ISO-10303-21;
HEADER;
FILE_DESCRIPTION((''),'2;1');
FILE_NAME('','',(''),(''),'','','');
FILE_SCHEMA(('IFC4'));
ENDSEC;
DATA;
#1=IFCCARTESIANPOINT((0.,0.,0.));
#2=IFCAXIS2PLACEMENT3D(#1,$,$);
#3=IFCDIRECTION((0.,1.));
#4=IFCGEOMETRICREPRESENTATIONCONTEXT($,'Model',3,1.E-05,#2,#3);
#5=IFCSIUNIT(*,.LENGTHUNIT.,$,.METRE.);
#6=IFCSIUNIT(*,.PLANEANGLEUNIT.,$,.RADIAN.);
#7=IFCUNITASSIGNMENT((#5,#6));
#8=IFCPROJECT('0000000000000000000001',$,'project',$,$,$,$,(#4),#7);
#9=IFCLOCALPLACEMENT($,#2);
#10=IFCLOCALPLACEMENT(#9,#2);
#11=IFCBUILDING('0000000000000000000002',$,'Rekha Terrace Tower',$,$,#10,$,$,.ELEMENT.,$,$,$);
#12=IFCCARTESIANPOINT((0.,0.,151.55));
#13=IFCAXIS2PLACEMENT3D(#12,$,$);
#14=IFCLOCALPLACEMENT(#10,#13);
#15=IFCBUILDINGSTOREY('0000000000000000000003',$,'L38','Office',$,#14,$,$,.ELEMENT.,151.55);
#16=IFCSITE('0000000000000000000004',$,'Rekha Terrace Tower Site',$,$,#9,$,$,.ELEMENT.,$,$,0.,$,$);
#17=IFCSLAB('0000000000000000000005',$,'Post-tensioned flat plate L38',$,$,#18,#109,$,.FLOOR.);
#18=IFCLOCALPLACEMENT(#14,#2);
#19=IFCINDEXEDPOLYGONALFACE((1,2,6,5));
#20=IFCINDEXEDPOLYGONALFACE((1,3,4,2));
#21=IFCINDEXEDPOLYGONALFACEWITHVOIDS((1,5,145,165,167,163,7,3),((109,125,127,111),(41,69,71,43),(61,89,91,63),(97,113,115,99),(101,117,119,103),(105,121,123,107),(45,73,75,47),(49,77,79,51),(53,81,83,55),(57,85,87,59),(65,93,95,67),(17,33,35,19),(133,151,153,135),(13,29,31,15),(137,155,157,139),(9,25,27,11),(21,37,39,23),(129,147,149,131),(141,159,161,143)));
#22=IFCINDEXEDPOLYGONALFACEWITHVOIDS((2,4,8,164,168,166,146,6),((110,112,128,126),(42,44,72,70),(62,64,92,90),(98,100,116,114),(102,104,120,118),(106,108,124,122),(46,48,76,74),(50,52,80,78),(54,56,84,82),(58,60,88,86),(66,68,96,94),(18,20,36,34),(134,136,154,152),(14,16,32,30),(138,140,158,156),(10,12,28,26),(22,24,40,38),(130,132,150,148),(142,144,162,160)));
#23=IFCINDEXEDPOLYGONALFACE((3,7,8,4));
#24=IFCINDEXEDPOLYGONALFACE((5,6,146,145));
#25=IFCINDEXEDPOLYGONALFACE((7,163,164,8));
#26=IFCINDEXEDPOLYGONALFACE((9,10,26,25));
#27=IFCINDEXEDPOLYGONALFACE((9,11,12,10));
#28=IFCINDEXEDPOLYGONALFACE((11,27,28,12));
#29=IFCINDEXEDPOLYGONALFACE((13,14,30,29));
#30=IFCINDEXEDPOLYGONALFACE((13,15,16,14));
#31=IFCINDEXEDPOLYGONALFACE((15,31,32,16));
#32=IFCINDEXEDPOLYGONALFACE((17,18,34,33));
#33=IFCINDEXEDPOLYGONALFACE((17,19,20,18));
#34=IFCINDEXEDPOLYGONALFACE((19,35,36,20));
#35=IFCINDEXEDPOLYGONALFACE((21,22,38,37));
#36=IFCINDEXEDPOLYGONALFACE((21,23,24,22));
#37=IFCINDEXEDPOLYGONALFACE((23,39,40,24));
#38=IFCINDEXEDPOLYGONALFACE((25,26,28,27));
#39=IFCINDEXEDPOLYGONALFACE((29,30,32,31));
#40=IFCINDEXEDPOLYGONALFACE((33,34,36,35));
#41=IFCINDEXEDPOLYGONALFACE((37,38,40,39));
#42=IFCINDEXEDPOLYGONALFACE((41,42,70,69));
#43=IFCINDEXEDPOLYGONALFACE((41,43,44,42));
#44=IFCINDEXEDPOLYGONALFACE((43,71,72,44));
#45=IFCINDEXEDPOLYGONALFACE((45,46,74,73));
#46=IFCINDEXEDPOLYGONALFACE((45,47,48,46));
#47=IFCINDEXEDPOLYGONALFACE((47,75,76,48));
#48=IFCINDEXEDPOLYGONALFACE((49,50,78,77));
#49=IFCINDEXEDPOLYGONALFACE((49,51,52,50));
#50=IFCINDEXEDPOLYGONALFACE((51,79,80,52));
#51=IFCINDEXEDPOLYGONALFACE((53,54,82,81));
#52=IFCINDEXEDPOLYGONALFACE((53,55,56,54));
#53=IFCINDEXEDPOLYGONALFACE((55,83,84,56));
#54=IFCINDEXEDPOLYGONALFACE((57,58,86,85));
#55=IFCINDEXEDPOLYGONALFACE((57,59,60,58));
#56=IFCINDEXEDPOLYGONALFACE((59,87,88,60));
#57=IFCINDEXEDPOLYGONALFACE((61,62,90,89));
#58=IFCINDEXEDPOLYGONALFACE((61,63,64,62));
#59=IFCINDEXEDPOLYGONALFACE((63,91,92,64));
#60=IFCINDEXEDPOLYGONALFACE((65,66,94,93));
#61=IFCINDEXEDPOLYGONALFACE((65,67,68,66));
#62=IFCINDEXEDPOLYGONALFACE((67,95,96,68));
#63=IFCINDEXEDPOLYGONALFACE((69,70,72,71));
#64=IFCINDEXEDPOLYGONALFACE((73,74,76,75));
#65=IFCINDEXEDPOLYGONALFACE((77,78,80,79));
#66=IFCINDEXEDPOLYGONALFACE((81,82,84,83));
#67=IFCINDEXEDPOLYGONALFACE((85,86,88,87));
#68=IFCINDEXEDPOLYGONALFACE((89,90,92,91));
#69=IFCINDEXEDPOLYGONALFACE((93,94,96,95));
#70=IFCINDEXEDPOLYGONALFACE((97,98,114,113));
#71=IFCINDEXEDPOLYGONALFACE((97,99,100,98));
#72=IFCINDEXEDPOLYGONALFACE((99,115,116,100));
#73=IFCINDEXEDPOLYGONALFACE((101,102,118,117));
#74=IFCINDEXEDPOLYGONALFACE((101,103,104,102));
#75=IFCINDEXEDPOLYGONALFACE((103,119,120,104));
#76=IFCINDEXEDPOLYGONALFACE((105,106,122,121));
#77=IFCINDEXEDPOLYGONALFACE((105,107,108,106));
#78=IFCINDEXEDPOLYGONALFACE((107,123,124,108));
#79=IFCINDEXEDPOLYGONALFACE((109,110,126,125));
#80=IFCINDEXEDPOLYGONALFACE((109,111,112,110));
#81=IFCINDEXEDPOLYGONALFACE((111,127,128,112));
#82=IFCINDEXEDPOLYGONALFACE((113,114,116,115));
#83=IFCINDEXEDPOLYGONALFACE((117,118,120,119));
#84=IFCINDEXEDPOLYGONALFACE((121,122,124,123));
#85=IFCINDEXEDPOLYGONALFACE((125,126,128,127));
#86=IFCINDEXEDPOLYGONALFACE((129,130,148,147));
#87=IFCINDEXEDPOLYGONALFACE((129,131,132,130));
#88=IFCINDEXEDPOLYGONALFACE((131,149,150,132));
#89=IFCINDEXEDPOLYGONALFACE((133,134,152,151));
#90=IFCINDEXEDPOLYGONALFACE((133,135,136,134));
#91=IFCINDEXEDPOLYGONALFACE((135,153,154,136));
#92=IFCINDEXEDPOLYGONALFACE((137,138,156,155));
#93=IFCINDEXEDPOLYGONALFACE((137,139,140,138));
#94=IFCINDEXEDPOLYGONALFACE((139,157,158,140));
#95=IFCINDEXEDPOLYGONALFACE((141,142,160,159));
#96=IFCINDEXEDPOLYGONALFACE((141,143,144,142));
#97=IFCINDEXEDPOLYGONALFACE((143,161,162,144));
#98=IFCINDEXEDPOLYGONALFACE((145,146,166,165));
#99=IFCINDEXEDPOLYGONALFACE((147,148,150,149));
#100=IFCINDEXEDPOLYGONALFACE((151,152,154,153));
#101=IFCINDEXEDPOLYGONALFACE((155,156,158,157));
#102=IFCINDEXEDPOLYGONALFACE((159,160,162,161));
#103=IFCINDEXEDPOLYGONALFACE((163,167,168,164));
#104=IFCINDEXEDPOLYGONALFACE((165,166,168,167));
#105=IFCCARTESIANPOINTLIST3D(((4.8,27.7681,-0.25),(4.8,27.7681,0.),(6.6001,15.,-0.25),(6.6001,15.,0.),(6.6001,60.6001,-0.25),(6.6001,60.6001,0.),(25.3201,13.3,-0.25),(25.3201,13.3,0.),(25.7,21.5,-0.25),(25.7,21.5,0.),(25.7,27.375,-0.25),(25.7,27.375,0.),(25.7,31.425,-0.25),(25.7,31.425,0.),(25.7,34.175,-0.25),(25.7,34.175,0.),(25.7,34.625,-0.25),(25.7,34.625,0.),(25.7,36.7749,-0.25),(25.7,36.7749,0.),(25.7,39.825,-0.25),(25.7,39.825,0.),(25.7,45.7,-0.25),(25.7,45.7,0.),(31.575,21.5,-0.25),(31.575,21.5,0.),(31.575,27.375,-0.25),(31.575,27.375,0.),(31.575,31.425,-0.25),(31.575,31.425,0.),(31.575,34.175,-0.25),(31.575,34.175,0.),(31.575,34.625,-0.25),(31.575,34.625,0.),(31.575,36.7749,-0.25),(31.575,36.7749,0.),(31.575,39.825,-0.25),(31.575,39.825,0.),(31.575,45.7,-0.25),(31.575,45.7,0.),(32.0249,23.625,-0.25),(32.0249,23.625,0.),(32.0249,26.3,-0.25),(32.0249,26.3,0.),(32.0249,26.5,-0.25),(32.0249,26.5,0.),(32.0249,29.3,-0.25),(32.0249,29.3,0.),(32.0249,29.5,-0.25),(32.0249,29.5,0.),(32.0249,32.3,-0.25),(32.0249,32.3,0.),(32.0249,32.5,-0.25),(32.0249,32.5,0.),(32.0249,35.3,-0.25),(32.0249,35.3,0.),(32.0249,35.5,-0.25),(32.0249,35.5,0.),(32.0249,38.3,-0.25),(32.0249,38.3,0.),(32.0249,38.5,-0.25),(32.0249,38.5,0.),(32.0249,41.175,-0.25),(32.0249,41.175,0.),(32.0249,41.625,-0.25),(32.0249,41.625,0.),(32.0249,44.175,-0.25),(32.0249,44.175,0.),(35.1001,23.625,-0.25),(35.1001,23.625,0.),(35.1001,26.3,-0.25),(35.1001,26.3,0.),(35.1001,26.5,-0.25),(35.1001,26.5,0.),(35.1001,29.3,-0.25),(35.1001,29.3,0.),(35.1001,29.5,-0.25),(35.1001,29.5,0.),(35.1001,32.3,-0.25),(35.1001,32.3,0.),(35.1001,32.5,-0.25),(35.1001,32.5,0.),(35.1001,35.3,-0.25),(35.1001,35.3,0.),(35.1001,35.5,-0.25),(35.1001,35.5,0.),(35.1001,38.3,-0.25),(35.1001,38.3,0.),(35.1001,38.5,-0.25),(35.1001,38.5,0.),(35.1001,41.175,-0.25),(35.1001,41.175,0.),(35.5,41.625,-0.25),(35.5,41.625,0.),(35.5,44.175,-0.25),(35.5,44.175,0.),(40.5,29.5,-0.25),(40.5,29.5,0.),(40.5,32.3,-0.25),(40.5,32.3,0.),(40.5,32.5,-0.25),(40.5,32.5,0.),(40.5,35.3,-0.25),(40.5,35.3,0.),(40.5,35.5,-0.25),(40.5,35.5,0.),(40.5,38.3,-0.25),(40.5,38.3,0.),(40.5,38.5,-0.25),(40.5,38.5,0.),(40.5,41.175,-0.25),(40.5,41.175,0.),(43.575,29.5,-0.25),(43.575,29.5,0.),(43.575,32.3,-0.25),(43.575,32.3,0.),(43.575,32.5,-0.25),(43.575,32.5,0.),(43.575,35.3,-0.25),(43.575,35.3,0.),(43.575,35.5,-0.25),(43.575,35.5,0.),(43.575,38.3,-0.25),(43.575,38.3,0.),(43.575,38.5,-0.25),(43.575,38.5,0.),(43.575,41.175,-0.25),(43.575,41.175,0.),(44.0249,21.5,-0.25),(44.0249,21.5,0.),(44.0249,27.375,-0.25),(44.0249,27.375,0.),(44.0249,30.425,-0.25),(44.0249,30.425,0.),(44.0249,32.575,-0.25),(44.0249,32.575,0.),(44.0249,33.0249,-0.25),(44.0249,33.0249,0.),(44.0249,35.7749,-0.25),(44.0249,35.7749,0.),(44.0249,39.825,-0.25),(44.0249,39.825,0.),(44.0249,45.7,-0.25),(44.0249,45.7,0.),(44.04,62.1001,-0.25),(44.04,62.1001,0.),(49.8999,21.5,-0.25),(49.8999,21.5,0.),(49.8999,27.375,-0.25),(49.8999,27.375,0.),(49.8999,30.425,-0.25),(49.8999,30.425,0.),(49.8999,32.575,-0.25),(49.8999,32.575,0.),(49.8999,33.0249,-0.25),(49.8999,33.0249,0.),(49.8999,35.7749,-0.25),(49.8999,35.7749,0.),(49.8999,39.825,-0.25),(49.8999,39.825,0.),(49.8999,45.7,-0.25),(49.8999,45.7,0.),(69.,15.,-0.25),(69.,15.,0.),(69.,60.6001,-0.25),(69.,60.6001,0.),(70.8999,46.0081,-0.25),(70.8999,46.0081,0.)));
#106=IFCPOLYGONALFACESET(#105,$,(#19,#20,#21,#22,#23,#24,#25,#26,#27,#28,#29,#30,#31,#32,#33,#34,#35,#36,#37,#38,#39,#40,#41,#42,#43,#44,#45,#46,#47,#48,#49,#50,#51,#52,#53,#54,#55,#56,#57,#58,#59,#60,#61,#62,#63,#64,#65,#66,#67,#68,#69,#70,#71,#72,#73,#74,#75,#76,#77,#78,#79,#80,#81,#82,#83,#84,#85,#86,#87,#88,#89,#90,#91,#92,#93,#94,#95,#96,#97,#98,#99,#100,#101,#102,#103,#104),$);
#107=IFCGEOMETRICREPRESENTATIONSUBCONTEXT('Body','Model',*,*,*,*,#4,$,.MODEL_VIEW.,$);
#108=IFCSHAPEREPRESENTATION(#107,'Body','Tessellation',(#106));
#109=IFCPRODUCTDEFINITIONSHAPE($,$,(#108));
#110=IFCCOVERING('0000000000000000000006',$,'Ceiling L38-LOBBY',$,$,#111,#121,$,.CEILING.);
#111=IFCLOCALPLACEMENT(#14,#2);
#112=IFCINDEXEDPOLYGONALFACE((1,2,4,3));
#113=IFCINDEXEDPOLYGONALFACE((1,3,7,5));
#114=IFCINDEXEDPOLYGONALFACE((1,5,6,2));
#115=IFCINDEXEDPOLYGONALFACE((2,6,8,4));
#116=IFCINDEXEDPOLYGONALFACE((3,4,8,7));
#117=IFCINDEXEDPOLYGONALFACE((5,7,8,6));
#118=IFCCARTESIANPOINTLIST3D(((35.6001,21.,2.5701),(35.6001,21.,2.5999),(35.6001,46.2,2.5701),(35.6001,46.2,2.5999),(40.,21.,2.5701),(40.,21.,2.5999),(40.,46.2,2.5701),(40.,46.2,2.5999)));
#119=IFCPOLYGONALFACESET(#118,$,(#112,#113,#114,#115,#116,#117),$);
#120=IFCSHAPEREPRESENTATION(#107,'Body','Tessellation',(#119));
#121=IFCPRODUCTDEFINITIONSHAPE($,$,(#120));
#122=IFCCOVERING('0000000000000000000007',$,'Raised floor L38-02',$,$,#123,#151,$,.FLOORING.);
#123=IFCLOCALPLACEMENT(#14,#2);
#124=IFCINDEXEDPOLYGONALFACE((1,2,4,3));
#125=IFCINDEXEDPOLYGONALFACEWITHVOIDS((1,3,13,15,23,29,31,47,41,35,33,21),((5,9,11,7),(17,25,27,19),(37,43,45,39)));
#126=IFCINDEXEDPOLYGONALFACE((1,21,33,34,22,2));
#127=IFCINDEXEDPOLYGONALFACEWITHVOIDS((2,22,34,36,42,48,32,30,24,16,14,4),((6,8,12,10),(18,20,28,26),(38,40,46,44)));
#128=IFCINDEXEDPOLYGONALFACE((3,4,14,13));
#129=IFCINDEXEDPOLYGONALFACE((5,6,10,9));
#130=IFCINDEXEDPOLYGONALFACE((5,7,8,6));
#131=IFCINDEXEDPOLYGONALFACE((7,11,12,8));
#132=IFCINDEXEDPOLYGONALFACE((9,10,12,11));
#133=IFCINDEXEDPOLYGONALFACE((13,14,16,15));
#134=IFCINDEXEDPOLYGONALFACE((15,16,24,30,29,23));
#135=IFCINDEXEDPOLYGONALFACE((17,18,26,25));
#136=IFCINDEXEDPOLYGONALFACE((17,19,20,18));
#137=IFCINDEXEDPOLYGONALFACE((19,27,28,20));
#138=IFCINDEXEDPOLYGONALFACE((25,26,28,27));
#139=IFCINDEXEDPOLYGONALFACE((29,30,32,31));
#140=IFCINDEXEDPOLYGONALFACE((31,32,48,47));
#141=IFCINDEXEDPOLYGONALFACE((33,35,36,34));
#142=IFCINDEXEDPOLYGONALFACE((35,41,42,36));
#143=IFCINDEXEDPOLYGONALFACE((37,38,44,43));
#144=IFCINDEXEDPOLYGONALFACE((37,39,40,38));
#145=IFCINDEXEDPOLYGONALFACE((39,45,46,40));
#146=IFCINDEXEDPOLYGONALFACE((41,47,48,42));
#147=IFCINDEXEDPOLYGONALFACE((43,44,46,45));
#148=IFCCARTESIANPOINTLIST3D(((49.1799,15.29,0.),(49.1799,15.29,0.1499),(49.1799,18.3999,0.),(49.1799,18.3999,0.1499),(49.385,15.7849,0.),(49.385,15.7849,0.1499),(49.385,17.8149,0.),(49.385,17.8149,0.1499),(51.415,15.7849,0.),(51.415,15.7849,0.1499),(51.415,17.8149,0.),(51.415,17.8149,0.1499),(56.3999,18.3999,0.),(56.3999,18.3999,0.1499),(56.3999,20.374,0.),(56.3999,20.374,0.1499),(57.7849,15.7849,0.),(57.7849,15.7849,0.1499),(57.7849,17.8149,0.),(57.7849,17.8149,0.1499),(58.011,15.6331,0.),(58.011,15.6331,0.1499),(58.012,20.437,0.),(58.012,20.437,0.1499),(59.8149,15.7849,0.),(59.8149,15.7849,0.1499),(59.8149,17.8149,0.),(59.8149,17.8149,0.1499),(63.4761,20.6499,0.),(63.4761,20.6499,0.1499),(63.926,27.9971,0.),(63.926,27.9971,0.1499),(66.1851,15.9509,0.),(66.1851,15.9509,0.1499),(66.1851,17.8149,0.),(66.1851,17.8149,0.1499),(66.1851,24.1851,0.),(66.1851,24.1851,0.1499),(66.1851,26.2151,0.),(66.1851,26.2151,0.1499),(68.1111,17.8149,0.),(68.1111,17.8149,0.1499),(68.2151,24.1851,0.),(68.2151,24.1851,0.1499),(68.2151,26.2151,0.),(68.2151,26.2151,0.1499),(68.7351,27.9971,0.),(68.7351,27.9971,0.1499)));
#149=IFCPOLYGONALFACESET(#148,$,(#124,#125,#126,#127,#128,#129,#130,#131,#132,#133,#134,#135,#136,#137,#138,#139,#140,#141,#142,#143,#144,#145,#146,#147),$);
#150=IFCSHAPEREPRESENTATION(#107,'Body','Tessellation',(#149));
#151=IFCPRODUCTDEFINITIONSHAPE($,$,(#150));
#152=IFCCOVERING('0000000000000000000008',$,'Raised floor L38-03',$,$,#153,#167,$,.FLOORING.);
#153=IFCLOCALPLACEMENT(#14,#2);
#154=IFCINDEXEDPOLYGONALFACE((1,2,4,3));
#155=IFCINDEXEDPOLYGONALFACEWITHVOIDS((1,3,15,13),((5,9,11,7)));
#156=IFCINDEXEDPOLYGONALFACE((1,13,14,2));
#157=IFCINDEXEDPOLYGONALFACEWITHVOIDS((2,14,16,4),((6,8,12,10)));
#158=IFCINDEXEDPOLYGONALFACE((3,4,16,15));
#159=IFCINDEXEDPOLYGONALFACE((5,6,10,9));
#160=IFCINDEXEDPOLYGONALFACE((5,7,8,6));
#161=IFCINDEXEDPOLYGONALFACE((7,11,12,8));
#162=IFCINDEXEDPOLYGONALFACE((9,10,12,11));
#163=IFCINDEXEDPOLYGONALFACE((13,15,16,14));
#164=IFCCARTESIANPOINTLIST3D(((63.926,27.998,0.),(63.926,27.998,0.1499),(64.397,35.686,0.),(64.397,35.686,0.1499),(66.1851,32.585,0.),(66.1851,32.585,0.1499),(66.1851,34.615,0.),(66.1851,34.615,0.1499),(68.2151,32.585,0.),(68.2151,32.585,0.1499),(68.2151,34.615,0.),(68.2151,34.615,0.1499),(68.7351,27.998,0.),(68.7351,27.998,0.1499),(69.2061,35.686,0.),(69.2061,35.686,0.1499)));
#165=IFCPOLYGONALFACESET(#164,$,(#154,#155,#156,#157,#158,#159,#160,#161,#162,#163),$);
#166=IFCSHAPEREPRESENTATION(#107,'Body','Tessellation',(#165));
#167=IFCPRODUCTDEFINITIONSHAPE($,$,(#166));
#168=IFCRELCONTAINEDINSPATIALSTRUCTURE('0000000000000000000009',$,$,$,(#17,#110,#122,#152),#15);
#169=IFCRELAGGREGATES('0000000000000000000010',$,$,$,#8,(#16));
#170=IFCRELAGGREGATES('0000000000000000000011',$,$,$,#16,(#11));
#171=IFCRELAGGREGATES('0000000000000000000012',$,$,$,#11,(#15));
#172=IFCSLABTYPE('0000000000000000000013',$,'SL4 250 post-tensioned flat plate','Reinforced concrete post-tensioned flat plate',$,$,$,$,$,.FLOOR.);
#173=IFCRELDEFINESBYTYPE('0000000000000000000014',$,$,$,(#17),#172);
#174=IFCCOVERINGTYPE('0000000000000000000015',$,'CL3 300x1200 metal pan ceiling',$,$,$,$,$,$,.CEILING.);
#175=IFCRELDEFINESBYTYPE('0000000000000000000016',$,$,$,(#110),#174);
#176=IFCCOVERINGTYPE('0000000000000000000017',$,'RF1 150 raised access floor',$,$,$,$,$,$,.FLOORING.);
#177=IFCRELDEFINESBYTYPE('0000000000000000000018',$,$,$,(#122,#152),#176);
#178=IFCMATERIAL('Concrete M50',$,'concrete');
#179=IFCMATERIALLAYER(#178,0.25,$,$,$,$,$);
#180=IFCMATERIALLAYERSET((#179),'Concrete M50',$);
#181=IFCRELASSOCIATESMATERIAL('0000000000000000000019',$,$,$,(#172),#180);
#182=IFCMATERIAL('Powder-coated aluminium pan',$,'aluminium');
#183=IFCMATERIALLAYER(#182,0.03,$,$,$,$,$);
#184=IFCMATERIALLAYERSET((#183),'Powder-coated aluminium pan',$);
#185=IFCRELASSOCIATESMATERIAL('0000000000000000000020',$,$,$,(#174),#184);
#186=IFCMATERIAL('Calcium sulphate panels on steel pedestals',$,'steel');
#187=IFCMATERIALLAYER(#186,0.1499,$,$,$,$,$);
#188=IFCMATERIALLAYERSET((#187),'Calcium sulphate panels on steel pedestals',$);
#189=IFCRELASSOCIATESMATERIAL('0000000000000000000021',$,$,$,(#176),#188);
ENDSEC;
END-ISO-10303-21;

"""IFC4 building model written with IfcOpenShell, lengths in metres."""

from ifc_helpers import new_model, si_unit, direction, frame, origin, place, context, subcontext, project, spatial, polyline, outline, extrude, material, layer, layer_set, type_object, element, save


model = new_model("IFC4")

# Units and contexts
model_context = context("Model", 3, precision=1e-05, world=origin(), true_north=direction((0.0, 1.0)))
body_context = subcontext(model_context, "Body", "Model", "MODEL_VIEW")
ifc_project = project(units=[si_unit("LENGTHUNIT", "METRE"), si_unit("PLANEANGLEUNIT", "RADIAN")], contexts=[model_context])

# Site, building, storey
site_placement = place(None, origin())
site = spatial("IfcSite", under=ifc_project, at=site_placement, Name="Rekha Terrace Tower Site", CompositionType="ELEMENT", RefElevation=0.0)
building_placement = place(site_placement, origin())
building = spatial("IfcBuilding", under=site, at=building_placement, Name="Rekha Terrace Tower", CompositionType="ELEMENT")
storey_placement = place(building_placement, frame((0.0, 0.0, 151.55)))
storey = spatial("IfcBuildingStorey", under=building, at=storey_placement, Name="L38", Description="Office", CompositionType="ELEMENT", Elevation=151.55)

# Slab
ifc_material_1 = material(Name="Concrete M50", Category="concrete")
ifc_layer_1 = layer(ifc_material_1, 0.25)
ifc_layer_set_1 = layer_set([ifc_layer_1], Name="Concrete M50")
slab_type_1 = type_object("IfcSlabType", Name="SL4 250 post-tensioned flat plate", Description="Reinforced concrete post-tensioned flat plate", PredefinedType="FLOOR", material=ifc_layer_set_1)
slab_1_placement = place(storey_placement, frame((0.0, 0.0, -0.25)))
element("IfcSlab", 1, at=slab_1_placement, inside=storey, type_object=slab_type_1, Name="Post-tensioned flat plate L38", PredefinedType="FLOOR", context=body_context, shape_type="SweptSolid", body=[
    extrude(outline(polyline([(4.8, 27.7681), (6.6001, 15.0), (25.3201, 13.3), (69.0, 15.0), (70.8999, 46.0081), (69.0, 60.6001), (44.04, 62.1001), (6.6001, 60.6001), (4.8, 27.7681)]), holes=[polyline([(31.575, 27.375), (31.575, 21.5), (25.7, 21.5), (25.7, 27.375), (31.575, 27.375)]), polyline([(35.1001, 26.3), (35.1001, 23.625), (32.0249, 23.625), (32.0249, 26.3), (35.1001, 26.3)]), polyline([(35.1001, 29.3), (35.1001, 26.5), (32.0249, 26.5), (32.0249, 29.3), (35.1001, 29.3)]), polyline([(35.1001, 32.3), (35.1001, 29.5), (32.0249, 29.5), (32.0249, 32.3), (35.1001, 32.3)]), polyline([(31.575, 34.175), (31.575, 31.425), (25.7, 31.425), (25.7, 34.175), (31.575, 34.175)]), polyline([(35.1001, 35.3), (35.1001, 32.5), (32.0249, 32.5), (32.0249, 35.3), (35.1001, 35.3)]), polyline([(31.575, 36.7749), (31.575, 34.625), (25.7, 34.625), (25.7, 36.7749), (31.575, 36.7749)]), polyline([(35.1001, 35.5), (32.0249, 35.5), (32.0249, 38.3), (35.1001, 38.3), (35.1001, 35.5)]), polyline([(35.1001, 38.5), (32.0249, 38.5), (32.0249, 41.175), (35.1001, 41.175), (35.1001, 38.5)]), polyline([(31.575, 45.7), (31.575, 39.825), (25.7, 39.825), (25.7, 45.7), (31.575, 45.7)]), polyline([(49.8999, 27.375), (49.8999, 21.5), (44.0249, 21.5), (44.0249, 27.375), (49.8999, 27.375)]), polyline([(43.575, 32.3), (43.575, 29.5), (40.5, 29.5), (40.5, 32.3), (43.575, 32.3)]), polyline([(49.8999, 30.425), (44.0249, 30.425), (44.0249, 32.575), (49.8999, 32.575), (49.8999, 30.425)]), polyline([(43.575, 32.5), (40.5, 32.5), (40.5, 35.3), (43.575, 35.3), (43.575, 32.5)]), polyline([(49.8999, 35.7749), (49.8999, 33.0249), (44.0249, 33.0249), (44.0249, 35.7749), (49.8999, 35.7749)]), polyline([(43.575, 38.3), (43.575, 35.5), (40.5, 35.5), (40.5, 38.3), (43.575, 38.3)]), polyline([(43.575, 41.175), (43.575, 38.5), (40.5, 38.5), (40.5, 41.175), (43.575, 41.175)]), polyline([(49.8999, 39.825), (44.0249, 39.825), (44.0249, 45.7), (49.8999, 45.7), (49.8999, 39.825)]), polyline([(35.5, 41.625), (32.0249, 41.625), (32.0249, 44.175), (35.5, 44.175), (35.5, 41.625)])]), origin(), (0.0, 0.0, 1.0), 0.25),
])

# Coverings
ifc_material_2 = material(Name="Powder-coated aluminium pan", Category="aluminium")
ifc_layer_2 = layer(ifc_material_2, 0.03)
ifc_layer_set_2 = layer_set([ifc_layer_2], Name="Powder-coated aluminium pan")
covering_type_1 = type_object("IfcCoveringType", Name="CL3 300x1200 metal pan ceiling", PredefinedType="CEILING", material=ifc_layer_set_2)
covering_1_placement = place(storey_placement, frame((0.0, 0.0, 2.5701)))
element("IfcCovering", 2, at=covering_1_placement, inside=storey, type_object=covering_type_1, Name="Ceiling L38-LOBBY", PredefinedType="CEILING", context=body_context, shape_type="SweptSolid", body=[
    extrude(outline(polyline([(40.0, 46.2), (35.6001, 46.2), (35.6001, 21.0), (40.0, 21.0), (40.0, 46.2)])), origin(), (0.0, 0.0, 1.0), 0.0298),
])
ifc_material_3 = material(Name="Calcium sulphate panels on steel pedestals", Category="steel")
ifc_layer_3 = layer(ifc_material_3, 0.1499)
ifc_layer_set_3 = layer_set([ifc_layer_3], Name="Calcium sulphate panels on steel pedestals")
covering_type_2 = type_object("IfcCoveringType", Name="RF1 150 raised access floor", PredefinedType="FLOORING", material=ifc_layer_set_3)
covering_2_placement = place(storey_placement, origin())
element("IfcCovering", 3, at=covering_2_placement, inside=storey, type_object=covering_type_2, Name="Raised floor L38-02", PredefinedType="FLOORING", context=body_context, shape_type="SweptSolid", body=[
    extrude(outline(polyline([(63.4761, 20.6499), (58.012, 20.437), (56.3999, 20.374), (56.3999, 18.3999), (49.1799, 18.3999), (49.1799, 15.29), (58.011, 15.6331), (66.1851, 15.9509), (66.1851, 17.8149), (68.1111, 17.8149), (68.7351, 27.9971), (63.926, 27.9971), (63.4761, 20.6499)]), holes=[polyline([(68.2151, 24.1851), (66.1851, 24.1851), (66.1851, 26.2151), (68.2151, 26.2151), (68.2151, 24.1851)]), polyline([(59.8149, 15.7849), (57.7849, 15.7849), (57.7849, 17.8149), (59.8149, 17.8149), (59.8149, 15.7849)]), polyline([(51.415, 15.7849), (49.385, 15.7849), (49.385, 17.8149), (51.415, 17.8149), (51.415, 15.7849)])]), origin(), (0.0, 0.0, 1.0), 0.1499),
])
covering_3_placement = place(storey_placement, origin())
element("IfcCovering", 4, at=covering_3_placement, inside=storey, type_object=covering_type_2, Name="Raised floor L38-03", PredefinedType="FLOORING", context=body_context, shape_type="SweptSolid", body=[
    extrude(outline(polyline([(63.926, 27.998), (68.7351, 27.998), (69.2061, 35.686), (64.397, 35.686), (63.926, 27.998)]), holes=[polyline([(68.2151, 34.615), (68.2151, 32.585), (66.1851, 32.585), (66.1851, 34.615), (68.2151, 34.615)])]), origin(), (0.0, 0.0, 1.0), 0.1499),
])

save(model, "model.ifc")
